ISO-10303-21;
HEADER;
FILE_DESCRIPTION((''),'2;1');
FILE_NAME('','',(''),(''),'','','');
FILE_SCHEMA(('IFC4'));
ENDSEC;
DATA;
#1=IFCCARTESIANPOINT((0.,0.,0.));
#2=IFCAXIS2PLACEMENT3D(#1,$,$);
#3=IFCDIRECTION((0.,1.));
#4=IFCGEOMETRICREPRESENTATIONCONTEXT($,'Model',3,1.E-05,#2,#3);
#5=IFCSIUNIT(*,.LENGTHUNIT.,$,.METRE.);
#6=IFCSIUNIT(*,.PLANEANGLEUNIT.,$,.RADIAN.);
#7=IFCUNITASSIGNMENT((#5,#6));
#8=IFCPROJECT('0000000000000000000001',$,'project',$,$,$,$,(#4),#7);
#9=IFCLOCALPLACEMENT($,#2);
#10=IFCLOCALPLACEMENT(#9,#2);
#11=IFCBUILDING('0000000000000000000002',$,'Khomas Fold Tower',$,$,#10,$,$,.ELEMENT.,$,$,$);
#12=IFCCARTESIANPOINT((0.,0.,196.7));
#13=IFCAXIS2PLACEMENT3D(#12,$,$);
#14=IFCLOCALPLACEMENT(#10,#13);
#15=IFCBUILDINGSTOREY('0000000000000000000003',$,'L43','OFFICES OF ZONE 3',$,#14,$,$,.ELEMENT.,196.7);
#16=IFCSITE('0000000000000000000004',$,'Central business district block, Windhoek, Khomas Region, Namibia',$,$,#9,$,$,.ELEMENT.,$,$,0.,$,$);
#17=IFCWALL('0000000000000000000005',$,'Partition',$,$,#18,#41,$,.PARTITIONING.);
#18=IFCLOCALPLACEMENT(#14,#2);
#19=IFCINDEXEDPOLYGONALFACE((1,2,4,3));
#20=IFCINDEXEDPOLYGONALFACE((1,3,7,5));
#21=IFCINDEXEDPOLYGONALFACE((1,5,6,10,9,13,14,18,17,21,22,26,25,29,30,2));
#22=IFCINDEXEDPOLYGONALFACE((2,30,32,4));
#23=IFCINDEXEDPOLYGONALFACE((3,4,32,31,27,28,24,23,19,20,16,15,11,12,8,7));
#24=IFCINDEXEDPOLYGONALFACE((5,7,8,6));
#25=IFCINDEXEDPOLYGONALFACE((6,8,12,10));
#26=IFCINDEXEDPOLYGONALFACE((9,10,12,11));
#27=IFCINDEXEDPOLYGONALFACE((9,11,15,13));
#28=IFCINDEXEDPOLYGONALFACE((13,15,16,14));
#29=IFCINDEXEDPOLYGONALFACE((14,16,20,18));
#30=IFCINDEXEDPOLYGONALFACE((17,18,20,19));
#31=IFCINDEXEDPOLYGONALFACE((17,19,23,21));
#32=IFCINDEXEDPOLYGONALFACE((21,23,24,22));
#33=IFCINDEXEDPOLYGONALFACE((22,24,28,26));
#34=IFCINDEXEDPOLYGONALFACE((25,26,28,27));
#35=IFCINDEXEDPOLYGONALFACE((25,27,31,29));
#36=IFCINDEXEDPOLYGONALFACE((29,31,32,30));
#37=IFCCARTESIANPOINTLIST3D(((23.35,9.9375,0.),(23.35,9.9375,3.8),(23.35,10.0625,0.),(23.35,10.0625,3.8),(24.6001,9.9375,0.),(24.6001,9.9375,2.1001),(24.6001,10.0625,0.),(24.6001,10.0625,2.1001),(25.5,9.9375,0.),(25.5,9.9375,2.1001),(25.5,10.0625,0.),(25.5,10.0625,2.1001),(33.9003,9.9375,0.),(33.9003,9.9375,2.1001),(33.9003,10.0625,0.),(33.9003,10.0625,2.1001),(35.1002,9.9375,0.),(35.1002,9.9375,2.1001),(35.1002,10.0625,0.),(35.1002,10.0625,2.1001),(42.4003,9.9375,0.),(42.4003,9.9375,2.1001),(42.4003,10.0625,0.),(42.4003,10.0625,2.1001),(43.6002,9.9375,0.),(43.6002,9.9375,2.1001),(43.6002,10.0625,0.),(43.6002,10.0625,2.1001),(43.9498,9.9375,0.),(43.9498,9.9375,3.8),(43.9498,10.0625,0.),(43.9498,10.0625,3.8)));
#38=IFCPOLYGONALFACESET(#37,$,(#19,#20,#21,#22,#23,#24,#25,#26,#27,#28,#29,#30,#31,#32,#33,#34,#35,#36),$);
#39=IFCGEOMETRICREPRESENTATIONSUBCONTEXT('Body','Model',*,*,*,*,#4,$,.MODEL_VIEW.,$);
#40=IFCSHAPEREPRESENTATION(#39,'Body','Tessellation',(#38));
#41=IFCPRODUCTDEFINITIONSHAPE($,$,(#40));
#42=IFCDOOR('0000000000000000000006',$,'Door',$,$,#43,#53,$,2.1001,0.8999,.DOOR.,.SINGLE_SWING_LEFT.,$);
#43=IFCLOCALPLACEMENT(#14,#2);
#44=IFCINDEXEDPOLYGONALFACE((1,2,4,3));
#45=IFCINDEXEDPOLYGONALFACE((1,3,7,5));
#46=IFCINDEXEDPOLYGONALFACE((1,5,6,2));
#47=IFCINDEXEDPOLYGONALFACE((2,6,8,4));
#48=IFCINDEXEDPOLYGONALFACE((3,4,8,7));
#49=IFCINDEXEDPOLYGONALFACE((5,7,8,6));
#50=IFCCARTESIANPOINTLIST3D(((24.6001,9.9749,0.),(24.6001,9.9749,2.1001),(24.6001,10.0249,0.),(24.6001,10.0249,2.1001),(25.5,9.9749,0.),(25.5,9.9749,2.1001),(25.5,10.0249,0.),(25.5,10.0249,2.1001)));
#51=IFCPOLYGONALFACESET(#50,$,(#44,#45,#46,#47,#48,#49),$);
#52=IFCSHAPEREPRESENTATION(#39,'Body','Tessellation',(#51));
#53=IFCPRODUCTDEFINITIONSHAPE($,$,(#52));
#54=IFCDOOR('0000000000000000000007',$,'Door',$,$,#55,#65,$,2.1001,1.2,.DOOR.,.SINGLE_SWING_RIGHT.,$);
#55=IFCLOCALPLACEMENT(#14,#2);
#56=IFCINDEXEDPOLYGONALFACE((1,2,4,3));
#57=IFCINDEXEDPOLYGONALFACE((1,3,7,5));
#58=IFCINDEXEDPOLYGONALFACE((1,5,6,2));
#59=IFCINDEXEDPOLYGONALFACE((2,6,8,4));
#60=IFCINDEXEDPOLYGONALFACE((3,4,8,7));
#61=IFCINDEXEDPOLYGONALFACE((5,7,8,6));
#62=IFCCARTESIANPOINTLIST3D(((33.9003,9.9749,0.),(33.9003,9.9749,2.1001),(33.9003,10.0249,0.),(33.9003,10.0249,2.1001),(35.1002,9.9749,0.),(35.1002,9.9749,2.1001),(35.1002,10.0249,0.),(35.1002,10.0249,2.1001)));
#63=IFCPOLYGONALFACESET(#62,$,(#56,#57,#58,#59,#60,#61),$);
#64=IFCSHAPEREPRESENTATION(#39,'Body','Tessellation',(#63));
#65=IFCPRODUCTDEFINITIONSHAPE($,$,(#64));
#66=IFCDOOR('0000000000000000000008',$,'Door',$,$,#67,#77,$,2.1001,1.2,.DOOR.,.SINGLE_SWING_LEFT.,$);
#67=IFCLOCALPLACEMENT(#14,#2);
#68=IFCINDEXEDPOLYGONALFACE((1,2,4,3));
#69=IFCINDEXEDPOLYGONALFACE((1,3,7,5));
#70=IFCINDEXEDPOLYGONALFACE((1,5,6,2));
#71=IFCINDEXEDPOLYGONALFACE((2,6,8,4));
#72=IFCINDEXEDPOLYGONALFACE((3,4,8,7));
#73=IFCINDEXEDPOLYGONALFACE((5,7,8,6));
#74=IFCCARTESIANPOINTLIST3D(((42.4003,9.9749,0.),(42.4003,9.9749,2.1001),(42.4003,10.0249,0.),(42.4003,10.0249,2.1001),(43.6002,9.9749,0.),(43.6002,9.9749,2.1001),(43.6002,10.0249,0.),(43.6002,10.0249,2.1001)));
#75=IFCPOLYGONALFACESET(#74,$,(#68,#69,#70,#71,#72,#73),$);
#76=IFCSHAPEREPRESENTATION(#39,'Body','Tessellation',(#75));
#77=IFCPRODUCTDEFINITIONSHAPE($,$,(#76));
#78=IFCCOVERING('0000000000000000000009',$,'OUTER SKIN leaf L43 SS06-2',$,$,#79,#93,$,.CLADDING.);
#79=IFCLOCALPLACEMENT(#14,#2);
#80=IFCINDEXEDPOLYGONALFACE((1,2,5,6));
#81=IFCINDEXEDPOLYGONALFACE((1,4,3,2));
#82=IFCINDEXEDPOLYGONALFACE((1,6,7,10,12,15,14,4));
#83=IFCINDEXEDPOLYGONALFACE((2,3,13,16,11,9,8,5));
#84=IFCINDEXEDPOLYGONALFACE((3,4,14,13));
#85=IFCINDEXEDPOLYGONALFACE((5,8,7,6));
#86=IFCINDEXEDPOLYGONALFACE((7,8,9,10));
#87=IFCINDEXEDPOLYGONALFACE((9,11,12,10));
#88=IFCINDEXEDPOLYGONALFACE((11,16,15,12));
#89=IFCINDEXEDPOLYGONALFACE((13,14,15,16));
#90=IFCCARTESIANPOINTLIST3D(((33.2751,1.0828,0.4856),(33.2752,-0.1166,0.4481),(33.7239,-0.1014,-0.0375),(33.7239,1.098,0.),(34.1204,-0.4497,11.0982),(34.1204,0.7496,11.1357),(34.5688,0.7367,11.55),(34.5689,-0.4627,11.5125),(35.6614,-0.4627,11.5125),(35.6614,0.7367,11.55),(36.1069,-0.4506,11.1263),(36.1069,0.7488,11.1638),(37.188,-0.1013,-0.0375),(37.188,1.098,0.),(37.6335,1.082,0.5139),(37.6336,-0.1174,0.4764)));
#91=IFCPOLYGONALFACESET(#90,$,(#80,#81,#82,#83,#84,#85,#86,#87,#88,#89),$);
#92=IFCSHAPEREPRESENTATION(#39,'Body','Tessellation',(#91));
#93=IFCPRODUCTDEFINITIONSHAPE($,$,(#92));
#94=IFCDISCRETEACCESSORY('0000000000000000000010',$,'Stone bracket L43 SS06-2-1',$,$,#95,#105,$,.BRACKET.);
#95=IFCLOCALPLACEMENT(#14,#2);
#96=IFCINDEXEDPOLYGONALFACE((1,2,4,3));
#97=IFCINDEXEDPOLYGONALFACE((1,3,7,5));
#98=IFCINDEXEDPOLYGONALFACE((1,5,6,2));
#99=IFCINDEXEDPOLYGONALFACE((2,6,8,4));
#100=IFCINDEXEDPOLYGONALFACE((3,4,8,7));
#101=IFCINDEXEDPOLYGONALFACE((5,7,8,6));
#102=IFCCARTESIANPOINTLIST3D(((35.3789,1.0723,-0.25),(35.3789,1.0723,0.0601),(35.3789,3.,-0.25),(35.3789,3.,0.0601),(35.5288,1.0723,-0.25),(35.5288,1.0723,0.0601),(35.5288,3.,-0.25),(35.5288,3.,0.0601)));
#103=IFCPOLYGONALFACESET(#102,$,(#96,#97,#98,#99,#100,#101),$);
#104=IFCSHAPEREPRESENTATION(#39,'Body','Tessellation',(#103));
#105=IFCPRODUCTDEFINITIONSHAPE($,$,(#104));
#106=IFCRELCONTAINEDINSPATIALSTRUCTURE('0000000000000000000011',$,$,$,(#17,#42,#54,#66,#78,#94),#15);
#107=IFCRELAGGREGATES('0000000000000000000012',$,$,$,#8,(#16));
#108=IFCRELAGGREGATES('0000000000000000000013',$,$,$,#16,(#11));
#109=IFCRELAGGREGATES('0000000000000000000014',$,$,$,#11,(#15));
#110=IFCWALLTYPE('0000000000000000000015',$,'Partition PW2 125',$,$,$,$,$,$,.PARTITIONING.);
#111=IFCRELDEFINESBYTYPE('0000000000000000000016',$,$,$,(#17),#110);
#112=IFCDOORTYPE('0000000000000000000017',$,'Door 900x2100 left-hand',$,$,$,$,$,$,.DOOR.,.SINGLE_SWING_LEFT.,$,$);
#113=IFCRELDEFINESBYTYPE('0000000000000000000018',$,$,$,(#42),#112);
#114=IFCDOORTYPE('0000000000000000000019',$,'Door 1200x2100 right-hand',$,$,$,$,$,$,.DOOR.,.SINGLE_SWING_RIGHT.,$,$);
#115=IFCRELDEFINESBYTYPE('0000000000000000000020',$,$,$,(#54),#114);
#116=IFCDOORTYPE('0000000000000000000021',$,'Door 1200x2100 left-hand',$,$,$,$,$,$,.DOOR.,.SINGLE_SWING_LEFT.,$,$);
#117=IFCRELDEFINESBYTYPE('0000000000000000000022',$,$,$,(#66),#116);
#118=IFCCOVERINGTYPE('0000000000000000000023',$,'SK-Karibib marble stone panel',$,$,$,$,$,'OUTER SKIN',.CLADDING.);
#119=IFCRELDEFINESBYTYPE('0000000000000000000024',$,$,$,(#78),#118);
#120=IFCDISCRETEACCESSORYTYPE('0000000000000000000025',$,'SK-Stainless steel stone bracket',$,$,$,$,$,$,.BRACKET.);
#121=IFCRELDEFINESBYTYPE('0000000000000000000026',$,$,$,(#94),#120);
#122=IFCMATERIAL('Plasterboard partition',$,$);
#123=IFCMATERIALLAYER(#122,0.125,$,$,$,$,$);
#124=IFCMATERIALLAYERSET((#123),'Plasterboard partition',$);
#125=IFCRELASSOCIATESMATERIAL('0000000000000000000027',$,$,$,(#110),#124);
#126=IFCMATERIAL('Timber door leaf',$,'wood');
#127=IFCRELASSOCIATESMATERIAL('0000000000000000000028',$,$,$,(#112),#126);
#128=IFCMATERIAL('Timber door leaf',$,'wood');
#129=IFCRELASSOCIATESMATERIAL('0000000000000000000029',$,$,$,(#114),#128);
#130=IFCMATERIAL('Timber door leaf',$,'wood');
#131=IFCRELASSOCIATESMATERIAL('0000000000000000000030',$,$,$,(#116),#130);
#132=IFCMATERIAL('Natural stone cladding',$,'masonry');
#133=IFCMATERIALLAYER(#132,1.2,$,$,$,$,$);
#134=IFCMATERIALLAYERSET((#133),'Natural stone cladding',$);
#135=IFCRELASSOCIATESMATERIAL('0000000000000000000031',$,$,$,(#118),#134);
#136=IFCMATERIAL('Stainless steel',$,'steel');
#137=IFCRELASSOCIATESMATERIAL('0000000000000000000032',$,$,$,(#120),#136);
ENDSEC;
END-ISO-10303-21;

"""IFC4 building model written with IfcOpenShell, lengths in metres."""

from ifc_helpers import new_model, si_unit, direction, frame, frame_2d, origin, origin_2d, place, context, subcontext, project, spatial, polyline, rectangle, outline, extrude, source, transform, mapped, material, layer, layer_set, type_object, element, fill, save


model = new_model("IFC4")

# Units and contexts
model_context = context("Model", 3, precision=1e-05, world=origin(), true_north=direction((0.0, 1.0)))
body_context = subcontext(model_context, "Body", "Model", "MODEL_VIEW")
ifc_project = project(units=[si_unit("LENGTHUNIT", "METRE"), si_unit("PLANEANGLEUNIT", "RADIAN")], contexts=[model_context])

# Site, building, storey
site_placement = place(None, origin())
site = spatial("IfcSite", under=ifc_project, at=site_placement, Name="Central business district block, Windhoek, Khomas Region, Namibia", CompositionType="ELEMENT", RefElevation=0.0)
building_placement = place(site_placement, origin())
building = spatial("IfcBuilding", under=site, at=building_placement, Name="Khomas Fold Tower", CompositionType="ELEMENT")
storey_placement = place(building_placement, frame((0.0, 0.0, 196.7)))
storey = spatial("IfcBuildingStorey", under=building, at=storey_placement, Name="L43", Description="OFFICES OF ZONE 3", CompositionType="ELEMENT", Elevation=196.7)

# Shared definitions
ifc_material_1 = material(Name="Plasterboard partition")
ifc_layer_1 = layer(ifc_material_1, 0.125)
ifc_layer_set_1 = layer_set([ifc_layer_1], Name="Plasterboard partition")
wall_type_1 = type_object("IfcWallType", Name="Partition PW2 125", PredefinedType="PARTITIONING", material=ifc_layer_set_1)

# Wall, openings, doors
shared_shape_1 = source(origin(), body_context, "Body", "SweptSolid", [
    extrude(rectangle(XDim=20.5999, YDim=0.125, at=frame_2d((10.2998, 0.0))), origin(), (0.0, 0.0, 1.0), 3.8),
])
wall_1_placement = place(storey_placement, frame((23.3501, 10.0, 0.0), z_axis=(0.0, 0.0, 1.0), x_axis=(1.0, 0.0, 0.0)))
wall_1 = element("IfcWall", 1, at=wall_1_placement, inside=storey, type_object=wall_type_1, Name="Partition", PredefinedType="PARTITIONING", context=body_context, shape_type="MappedRepresentation", body=[
    mapped(shared_shape_1, transform((0.0, 0.0, 0.0))),
])
shared_shape_2 = source(origin(), body_context, "Body", "SweptSolid", [
    extrude(rectangle(XDim=0.8999, YDim=2.1001, at=frame_2d((0.45, 1.05))), frame((0.0, 0.0725, 0.0), z_axis=(0.0, -1.0, 0.0), x_axis=(1.0, 0.0, 0.0)), (0.0, 0.0, 1.0), 0.145),
])
opening_1_placement = place(wall_1_placement, frame((1.25, 0.0, 0.0)))
opening_1 = element("IfcOpeningElement", 2, at=opening_1_placement, cuts=wall_1, PredefinedType="OPENING", context=body_context, shape_type="MappedRepresentation", body=[
    mapped(shared_shape_2, transform((0.0, 0.0, 0.0))),
])
shared_shape_3 = source(origin(), body_context, "Body", "SweptSolid", [
    extrude(rectangle(XDim=1.2, YDim=2.1001, at=frame_2d((0.6001, 1.05))), frame((0.0, 0.0725, 0.0), z_axis=(0.0, -1.0, 0.0), x_axis=(1.0, 0.0, 0.0)), (0.0, 0.0, 1.0), 0.145),
])
opening_2_placement = place(wall_1_placement, frame((10.55, 0.0, 0.0)))
opening_2 = element("IfcOpeningElement", 3, at=opening_2_placement, cuts=wall_1, PredefinedType="OPENING", context=body_context, shape_type="MappedRepresentation", body=[
    mapped(shared_shape_3, transform((0.0, 0.0, 0.0))),
])
opening_3_placement = place(wall_1_placement, frame((19.05, 0.0, 0.0)))
opening_3 = element("IfcOpeningElement", 4, at=opening_3_placement, cuts=wall_1, PredefinedType="OPENING", context=body_context, shape_type="MappedRepresentation", body=[
    mapped(shared_shape_3, transform((0.0, 0.0, 0.0))),
])
ifc_material_2 = material(Name="Timber door leaf", Category="wood")
door_type_1 = type_object("IfcDoorType", Name="Door 900x2100 left-hand", OperationType="SINGLE_SWING_LEFT", PredefinedType="DOOR", material=ifc_material_2)
shared_shape_4 = source(origin(), body_context, "Body", "SweptSolid", [
    extrude(rectangle(XDim=0.8999, YDim=2.1001, at=frame_2d((0.45, 1.05))), frame((0.0, 0.0249, 0.0), z_axis=(0.0, -1.0, 0.0), x_axis=(1.0, 0.0, 0.0)), (0.0, 0.0, 1.0), 0.05),
])
door_1_placement = place(opening_1_placement, origin())
door_1 = element("IfcDoor", 5, at=door_1_placement, inside=storey, type_object=door_type_1, Name="Door", OperationType="SINGLE_SWING_LEFT", OverallHeight=2.1001, OverallWidth=0.8999, PredefinedType="DOOR", context=body_context, shape_type="MappedRepresentation", body=[
    mapped(shared_shape_4, transform((0.0, 0.0, 0.0))),
])
fill(opening_1, door_1)
ifc_material_3 = material(Name="Timber door leaf", Category="wood")
door_type_2 = type_object("IfcDoorType", Name="Door 1200x2100 right-hand", OperationType="SINGLE_SWING_RIGHT", PredefinedType="DOOR", material=ifc_material_3)
shared_shape_5 = source(origin(), body_context, "Body", "SweptSolid", [
    extrude(rectangle(XDim=1.2, YDim=2.1001, at=frame_2d((0.6001, 1.05))), frame((0.0, 0.0249, 0.0), z_axis=(0.0, -1.0, 0.0), x_axis=(1.0, 0.0, 0.0)), (0.0, 0.0, 1.0), 0.05),
])
door_2_placement = place(opening_2_placement, origin())
door_2 = element("IfcDoor", 6, at=door_2_placement, inside=storey, type_object=door_type_2, Name="Door", OperationType="SINGLE_SWING_RIGHT", OverallHeight=2.1001, OverallWidth=1.2, PredefinedType="DOOR", context=body_context, shape_type="MappedRepresentation", body=[
    mapped(shared_shape_5, transform((0.0, 0.0, 0.0))),
])
fill(opening_2, door_2)
ifc_material_4 = material(Name="Timber door leaf", Category="wood")
door_type_3 = type_object("IfcDoorType", Name="Door 1200x2100 left-hand", OperationType="SINGLE_SWING_LEFT", PredefinedType="DOOR", material=ifc_material_4)
door_3_placement = place(opening_3_placement, origin())
door_3 = element("IfcDoor", 7, at=door_3_placement, inside=storey, type_object=door_type_3, Name="Door", OperationType="SINGLE_SWING_LEFT", OverallHeight=2.1001, OverallWidth=1.2, PredefinedType="DOOR", context=body_context, shape_type="MappedRepresentation", body=[
    mapped(shared_shape_5, transform((0.0, 0.0, 0.0))),
])
fill(opening_3, door_3)

# Covering
ifc_material_5 = material(Name="Natural stone cladding", Category="masonry")
ifc_layer_2 = layer(ifc_material_5, 1.2)
ifc_layer_set_2 = layer_set([ifc_layer_2], Name="Natural stone cladding")
covering_type = type_object("IfcCoveringType", Name="SK-Karibib marble stone panel", ElementType="OUTER SKIN", PredefinedType="CLADDING", material=ifc_layer_set_2)
covering_placement = place(storey_placement, frame((36.1069, 0.7488, 11.1638), z_axis=(-0.000009, 0.999511, 0.031269), x_axis=(0.141827, 0.030954, -0.989407)))
element("IfcCovering", 8, at=covering_placement, inside=storey, type_object=covering_type, Name="OUTER SKIN leaf L43 SS06-2", PredefinedType="CLADDING", context=body_context, shape_type="SweptSolid", body=[
    extrude(outline(polyline([(0.0, 0.0), (10.7639, 0.0), (11.2097, 0.514), (10.7184, 3.9431), (10.1738, 4.3184), (-0.2539, 1.9705), (-0.6007, 1.4677), (-0.4457, 0.3862), (0.0, 0.0)])), origin(), (0.0, 0.0, -1.0), 1.2),
])

# Discrete accessory
ifc_material_6 = material(Name="Stainless steel", Category="steel")
discrete_accessory_type = type_object("IfcDiscreteAccessoryType", Name="SK-Stainless steel stone bracket", PredefinedType="BRACKET", material=ifc_material_6)
shared_shape_6 = source(origin(), body_context, "Body", "SweptSolid", [
    extrude(rectangle(XDim=1.9277, YDim=0.1499, at=origin_2d()), origin(), (0.0, 0.0, 1.0), 0.3101),
])
discrete_accessory_placement = place(storey_placement, frame((35.4539, 2.0361, -0.25), z_axis=(0.0, 0.0, 1.0), x_axis=(0.0, -1.0, 0.0)))
element("IfcDiscreteAccessory", 9, at=discrete_accessory_placement, inside=storey, type_object=discrete_accessory_type, Name="Stone bracket L43 SS06-2-1", PredefinedType="BRACKET", context=body_context, shape_type="MappedRepresentation", body=[
    mapped(shared_shape_6, transform((0.0, 0.0, 0.0))),
])

save(model, "model.ifc")
